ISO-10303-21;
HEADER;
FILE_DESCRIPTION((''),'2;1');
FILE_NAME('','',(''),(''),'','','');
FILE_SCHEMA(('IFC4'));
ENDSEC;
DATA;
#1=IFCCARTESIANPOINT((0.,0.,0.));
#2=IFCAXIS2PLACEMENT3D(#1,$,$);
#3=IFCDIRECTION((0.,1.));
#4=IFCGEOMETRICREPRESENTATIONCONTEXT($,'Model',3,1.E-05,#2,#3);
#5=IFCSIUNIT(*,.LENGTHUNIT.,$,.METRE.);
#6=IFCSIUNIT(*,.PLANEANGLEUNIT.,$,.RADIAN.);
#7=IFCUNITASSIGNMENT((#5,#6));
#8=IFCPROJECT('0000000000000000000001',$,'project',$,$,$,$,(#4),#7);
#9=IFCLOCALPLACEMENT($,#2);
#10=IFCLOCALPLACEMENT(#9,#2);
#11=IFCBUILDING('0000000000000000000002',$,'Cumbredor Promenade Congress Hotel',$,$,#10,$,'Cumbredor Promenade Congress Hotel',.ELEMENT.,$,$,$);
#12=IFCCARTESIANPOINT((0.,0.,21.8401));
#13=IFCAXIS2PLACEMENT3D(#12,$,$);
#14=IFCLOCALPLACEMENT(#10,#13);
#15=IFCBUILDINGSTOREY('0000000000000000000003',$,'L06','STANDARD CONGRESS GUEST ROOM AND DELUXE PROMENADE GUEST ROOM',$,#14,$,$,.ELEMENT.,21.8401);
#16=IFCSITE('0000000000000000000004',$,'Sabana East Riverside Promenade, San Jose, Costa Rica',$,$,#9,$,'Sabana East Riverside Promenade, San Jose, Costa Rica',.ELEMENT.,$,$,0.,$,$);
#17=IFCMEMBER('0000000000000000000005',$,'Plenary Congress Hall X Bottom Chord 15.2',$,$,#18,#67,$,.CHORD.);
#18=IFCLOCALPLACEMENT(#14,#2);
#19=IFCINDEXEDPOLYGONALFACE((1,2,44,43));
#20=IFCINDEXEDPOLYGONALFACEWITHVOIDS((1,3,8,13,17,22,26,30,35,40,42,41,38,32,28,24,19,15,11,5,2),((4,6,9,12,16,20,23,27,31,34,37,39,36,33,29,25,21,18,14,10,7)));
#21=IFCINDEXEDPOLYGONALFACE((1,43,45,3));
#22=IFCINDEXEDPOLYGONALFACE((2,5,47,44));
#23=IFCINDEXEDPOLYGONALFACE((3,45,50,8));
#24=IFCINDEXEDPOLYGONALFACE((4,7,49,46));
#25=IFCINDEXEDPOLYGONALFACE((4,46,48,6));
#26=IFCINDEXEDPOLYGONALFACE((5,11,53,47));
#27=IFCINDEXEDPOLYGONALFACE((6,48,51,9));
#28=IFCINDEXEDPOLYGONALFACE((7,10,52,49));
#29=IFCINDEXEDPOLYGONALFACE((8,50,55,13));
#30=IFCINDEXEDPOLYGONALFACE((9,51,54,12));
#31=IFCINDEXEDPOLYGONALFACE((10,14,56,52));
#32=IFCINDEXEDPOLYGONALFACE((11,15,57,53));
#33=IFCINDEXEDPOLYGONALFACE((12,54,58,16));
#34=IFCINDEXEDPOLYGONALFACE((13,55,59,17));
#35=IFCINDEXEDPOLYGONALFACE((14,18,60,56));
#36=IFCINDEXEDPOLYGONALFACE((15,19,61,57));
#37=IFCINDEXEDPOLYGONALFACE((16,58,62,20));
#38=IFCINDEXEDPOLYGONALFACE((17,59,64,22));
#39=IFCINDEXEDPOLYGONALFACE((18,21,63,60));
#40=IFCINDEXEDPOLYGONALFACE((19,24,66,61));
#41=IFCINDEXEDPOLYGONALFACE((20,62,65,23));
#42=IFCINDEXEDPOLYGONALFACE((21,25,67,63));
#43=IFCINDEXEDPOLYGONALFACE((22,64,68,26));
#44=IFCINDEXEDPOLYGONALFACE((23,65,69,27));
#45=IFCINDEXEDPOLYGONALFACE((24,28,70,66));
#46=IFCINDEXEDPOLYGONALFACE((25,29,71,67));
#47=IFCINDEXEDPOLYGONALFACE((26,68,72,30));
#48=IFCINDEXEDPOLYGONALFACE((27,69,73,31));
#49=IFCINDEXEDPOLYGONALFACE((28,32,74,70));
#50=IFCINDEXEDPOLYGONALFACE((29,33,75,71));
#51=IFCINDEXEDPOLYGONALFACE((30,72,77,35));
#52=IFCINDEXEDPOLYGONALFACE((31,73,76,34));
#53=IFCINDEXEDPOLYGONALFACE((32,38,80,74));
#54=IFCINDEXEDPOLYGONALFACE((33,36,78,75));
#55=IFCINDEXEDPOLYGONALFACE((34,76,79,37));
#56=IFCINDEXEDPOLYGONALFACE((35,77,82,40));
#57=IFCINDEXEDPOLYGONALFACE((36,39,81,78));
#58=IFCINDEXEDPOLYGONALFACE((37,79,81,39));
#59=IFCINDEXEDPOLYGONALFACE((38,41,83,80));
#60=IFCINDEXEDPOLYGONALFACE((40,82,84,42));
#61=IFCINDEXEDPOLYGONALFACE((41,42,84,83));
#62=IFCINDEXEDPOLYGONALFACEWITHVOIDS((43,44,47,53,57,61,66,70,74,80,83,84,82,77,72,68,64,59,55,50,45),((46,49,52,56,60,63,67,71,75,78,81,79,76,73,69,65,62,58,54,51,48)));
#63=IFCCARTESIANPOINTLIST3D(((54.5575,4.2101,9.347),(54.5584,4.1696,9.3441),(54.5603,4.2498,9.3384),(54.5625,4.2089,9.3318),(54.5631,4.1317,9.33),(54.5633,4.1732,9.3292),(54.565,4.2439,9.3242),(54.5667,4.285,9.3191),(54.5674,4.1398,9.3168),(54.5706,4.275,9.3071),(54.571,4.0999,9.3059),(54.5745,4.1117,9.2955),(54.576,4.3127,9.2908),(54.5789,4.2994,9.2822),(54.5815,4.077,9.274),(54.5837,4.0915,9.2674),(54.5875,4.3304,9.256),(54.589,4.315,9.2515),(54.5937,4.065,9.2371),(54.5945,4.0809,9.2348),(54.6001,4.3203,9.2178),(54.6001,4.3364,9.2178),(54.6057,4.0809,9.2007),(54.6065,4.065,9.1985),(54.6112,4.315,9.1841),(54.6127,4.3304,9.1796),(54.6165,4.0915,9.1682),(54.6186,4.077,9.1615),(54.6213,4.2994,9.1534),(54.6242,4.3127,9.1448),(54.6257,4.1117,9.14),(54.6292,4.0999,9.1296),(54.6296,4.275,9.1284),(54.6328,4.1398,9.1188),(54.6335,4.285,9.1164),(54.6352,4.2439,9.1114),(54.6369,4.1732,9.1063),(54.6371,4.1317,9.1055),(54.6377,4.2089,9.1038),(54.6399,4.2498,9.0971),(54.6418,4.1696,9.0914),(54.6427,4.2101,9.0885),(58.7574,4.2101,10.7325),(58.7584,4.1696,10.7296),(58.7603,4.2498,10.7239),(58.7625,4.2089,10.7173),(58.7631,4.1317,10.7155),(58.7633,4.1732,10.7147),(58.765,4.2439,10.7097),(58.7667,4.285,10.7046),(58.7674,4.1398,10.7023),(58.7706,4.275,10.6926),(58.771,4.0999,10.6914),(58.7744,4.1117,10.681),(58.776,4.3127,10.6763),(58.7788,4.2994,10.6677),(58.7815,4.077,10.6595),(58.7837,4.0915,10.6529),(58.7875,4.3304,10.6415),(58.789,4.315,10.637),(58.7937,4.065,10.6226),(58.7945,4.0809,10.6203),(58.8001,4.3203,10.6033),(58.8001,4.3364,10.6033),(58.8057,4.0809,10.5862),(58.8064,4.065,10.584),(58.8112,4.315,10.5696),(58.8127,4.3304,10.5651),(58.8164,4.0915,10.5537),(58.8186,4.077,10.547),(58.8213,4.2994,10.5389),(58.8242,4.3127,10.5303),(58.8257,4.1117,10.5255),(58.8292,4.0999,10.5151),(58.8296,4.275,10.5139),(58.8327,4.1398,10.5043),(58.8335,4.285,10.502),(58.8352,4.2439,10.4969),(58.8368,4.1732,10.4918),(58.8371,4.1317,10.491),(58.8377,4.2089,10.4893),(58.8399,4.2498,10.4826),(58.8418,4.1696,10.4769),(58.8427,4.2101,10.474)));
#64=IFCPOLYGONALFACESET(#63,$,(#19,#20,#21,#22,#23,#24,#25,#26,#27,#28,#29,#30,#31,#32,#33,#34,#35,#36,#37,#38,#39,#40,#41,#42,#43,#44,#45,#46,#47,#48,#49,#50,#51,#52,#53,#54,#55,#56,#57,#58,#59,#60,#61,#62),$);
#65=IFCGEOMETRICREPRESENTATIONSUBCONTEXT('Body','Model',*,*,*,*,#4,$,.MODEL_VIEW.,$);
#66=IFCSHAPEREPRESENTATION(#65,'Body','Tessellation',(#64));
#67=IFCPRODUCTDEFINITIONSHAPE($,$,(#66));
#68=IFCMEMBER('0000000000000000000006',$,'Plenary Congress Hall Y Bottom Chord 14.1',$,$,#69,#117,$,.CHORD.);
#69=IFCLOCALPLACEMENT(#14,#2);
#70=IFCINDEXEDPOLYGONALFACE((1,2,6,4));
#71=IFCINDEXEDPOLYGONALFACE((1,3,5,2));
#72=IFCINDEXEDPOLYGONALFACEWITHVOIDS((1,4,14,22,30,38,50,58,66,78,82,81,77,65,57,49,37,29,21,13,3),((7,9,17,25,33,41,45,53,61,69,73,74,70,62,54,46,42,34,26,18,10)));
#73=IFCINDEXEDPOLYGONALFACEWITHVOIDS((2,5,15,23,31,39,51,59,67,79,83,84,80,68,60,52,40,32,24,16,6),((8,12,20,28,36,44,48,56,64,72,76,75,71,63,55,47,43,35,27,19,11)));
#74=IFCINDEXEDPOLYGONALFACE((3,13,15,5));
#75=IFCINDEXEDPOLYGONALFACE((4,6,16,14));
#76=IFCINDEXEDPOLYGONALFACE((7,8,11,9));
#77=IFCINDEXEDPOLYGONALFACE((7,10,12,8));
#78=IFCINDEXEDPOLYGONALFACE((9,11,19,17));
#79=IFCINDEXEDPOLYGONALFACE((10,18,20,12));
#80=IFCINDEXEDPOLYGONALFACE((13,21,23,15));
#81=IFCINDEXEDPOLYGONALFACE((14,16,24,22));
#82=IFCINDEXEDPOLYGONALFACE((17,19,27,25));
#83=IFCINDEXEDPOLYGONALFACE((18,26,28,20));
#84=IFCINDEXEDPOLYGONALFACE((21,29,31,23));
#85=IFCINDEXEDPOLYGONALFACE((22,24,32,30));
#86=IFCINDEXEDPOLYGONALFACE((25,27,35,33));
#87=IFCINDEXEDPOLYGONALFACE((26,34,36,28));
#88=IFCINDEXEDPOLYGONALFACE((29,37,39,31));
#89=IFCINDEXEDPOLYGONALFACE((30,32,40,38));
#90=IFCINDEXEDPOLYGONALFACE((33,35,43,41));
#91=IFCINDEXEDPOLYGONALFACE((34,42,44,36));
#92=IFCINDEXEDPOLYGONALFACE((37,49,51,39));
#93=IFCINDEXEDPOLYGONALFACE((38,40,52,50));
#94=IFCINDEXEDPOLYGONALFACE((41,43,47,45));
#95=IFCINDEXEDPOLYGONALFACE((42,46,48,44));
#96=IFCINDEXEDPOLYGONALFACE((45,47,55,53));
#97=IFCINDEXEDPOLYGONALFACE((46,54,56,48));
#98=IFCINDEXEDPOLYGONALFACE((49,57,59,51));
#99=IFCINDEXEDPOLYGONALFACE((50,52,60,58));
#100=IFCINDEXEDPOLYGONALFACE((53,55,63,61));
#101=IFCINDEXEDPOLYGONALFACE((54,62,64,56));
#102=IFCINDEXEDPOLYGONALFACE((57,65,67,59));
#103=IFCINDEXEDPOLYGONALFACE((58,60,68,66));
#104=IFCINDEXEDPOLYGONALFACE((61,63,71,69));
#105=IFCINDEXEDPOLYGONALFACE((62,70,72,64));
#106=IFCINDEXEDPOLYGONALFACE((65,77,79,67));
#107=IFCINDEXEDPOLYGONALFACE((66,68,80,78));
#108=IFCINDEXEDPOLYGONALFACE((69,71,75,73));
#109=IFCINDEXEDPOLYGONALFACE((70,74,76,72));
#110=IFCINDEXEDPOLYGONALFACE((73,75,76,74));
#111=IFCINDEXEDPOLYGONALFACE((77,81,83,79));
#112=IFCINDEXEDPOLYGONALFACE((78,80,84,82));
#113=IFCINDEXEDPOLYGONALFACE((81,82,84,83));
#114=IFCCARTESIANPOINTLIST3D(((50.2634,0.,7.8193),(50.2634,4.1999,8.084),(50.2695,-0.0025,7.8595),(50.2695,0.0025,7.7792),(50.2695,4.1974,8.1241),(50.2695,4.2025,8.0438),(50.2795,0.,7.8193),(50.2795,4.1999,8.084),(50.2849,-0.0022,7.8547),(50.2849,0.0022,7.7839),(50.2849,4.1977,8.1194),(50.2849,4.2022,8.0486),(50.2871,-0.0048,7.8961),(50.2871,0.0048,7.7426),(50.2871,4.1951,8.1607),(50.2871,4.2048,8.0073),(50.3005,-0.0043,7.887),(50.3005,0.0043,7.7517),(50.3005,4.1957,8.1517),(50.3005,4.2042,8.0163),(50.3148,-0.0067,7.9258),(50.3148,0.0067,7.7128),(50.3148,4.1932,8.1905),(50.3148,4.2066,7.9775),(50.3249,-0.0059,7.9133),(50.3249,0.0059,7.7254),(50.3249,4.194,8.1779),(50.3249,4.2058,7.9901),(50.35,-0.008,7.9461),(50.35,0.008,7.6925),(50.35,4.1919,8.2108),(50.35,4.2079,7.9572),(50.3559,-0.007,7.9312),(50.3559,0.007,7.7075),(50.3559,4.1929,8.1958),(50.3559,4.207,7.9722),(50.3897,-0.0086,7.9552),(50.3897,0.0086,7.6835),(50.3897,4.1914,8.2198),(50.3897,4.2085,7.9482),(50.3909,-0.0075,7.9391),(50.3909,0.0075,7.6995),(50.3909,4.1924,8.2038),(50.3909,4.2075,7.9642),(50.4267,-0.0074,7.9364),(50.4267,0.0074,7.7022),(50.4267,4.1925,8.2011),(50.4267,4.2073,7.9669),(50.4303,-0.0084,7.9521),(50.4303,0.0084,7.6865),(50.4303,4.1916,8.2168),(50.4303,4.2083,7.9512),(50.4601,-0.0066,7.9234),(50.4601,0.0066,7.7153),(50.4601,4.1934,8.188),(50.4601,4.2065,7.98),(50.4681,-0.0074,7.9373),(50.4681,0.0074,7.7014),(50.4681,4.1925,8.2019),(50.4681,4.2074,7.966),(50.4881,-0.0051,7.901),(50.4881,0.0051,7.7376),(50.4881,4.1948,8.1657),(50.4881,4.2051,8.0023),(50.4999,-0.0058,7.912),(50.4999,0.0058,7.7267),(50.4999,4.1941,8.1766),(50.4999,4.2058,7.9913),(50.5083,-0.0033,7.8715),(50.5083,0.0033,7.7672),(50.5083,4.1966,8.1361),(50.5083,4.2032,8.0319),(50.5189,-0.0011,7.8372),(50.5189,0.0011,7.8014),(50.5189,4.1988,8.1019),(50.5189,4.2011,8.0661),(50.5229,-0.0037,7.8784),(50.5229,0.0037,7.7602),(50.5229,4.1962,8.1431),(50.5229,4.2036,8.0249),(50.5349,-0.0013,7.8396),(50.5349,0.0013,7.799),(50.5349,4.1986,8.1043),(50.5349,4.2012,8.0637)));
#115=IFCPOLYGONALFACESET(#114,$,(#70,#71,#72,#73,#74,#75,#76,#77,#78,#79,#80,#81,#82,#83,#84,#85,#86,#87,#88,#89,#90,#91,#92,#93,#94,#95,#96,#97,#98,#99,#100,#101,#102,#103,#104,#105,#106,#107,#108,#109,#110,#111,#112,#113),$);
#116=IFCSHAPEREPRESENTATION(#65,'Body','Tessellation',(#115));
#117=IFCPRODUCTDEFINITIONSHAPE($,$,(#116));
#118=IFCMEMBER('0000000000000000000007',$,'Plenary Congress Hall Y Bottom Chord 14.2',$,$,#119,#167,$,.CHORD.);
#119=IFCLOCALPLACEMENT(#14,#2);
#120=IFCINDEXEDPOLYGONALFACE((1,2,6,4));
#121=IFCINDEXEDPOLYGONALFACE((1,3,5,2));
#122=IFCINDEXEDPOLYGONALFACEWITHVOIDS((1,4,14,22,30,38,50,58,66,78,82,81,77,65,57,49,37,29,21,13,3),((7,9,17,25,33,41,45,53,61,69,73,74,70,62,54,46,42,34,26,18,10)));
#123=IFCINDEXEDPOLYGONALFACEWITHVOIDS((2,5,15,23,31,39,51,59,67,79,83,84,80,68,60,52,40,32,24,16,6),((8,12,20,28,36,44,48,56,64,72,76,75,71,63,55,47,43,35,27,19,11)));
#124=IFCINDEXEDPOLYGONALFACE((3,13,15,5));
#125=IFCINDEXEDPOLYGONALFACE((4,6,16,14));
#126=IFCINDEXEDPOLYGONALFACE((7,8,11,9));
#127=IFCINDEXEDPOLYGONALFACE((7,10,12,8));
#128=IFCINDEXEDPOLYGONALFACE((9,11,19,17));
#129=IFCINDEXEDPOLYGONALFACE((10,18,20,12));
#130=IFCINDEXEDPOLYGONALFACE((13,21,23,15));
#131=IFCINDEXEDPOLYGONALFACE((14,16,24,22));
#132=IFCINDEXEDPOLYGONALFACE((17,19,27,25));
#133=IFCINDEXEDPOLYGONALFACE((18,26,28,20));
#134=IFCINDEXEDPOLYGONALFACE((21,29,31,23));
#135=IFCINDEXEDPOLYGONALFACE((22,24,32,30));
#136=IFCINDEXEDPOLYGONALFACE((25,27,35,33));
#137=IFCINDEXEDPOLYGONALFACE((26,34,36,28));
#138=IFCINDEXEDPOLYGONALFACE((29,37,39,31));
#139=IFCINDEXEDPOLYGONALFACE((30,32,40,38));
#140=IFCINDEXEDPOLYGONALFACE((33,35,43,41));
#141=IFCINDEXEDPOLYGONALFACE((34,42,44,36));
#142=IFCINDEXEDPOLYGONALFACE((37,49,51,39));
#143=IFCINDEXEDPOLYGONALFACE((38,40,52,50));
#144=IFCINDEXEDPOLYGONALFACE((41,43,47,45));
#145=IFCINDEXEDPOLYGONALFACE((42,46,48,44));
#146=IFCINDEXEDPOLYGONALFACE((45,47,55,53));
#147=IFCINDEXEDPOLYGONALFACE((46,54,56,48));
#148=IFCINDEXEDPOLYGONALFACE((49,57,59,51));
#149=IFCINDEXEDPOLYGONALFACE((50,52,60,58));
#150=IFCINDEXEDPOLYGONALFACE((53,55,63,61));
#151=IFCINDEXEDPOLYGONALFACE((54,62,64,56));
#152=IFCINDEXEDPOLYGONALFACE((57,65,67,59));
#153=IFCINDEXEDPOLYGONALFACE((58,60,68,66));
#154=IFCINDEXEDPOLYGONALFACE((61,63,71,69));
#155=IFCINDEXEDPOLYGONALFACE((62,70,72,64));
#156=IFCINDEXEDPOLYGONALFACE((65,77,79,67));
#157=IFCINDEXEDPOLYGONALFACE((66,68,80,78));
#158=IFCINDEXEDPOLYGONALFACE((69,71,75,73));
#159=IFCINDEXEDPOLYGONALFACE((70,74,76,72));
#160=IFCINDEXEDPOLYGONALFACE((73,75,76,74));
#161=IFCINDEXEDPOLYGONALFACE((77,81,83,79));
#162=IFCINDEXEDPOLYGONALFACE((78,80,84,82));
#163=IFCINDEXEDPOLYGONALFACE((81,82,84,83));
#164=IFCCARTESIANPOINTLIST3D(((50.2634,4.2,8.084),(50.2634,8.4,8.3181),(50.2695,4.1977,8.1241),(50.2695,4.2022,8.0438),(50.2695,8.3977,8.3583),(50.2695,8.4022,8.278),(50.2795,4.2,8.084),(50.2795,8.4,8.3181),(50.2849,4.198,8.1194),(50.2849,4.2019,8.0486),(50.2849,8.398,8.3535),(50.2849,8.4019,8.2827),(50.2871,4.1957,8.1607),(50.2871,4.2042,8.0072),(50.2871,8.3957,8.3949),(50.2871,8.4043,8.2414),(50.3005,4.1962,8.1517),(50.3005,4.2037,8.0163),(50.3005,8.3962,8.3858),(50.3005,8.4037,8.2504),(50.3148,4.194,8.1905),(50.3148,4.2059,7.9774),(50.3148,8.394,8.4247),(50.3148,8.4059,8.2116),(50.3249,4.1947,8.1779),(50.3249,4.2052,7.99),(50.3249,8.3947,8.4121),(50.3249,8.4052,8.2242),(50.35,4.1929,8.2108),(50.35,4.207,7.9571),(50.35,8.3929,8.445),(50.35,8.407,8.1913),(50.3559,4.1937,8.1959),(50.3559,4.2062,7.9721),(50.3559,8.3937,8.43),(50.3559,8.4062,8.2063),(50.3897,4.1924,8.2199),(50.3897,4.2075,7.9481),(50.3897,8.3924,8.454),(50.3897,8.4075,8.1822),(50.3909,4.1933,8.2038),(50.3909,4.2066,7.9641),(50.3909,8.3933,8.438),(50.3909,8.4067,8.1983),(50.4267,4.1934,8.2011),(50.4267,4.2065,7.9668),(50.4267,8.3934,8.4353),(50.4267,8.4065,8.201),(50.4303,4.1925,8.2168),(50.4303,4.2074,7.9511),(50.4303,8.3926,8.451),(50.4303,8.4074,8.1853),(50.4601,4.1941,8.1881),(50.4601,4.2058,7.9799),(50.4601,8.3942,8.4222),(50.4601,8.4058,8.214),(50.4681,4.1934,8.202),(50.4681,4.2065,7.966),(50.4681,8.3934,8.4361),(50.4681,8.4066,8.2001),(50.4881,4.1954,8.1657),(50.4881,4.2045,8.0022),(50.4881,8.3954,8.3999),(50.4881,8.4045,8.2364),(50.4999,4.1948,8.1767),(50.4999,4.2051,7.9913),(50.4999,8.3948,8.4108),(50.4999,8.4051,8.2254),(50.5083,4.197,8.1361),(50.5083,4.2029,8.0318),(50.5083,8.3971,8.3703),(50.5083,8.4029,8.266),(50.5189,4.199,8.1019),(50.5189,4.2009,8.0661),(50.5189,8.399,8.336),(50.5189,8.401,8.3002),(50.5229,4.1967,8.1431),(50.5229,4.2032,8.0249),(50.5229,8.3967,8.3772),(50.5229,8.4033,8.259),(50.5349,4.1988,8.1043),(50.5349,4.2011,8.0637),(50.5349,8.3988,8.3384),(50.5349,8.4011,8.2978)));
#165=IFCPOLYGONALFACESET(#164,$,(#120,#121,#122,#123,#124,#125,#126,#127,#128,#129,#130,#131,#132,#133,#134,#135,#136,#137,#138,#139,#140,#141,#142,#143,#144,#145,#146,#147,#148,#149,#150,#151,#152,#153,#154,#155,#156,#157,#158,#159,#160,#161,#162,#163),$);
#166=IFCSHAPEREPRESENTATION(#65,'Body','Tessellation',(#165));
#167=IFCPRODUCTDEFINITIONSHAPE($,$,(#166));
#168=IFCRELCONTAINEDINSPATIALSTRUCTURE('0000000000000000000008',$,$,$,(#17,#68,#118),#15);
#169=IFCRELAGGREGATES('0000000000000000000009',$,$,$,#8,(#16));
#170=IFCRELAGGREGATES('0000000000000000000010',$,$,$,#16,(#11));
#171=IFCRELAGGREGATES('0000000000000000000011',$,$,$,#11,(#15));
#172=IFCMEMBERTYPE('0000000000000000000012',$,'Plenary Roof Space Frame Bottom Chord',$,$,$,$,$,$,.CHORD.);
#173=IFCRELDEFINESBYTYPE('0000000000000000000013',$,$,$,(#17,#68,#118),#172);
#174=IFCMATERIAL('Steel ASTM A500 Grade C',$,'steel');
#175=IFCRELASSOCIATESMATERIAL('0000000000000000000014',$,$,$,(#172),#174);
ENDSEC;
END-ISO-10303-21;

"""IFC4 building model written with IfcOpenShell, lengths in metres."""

from ifc_helpers import new_model, si_unit, direction, frame, origin, origin_2d, place, context, subcontext, project, spatial, hollow_circle, extrude, material, material_profile, profile_set, type_object, element, save


model = new_model("IFC4")

# Units and contexts
model_context = context("Model", 3, precision=1e-05, world=origin(), true_north=direction((0.0, 1.0)))
body_context = subcontext(model_context, "Body", "Model", "MODEL_VIEW")
ifc_project = project(units=[si_unit("LENGTHUNIT", "METRE"), si_unit("PLANEANGLEUNIT", "RADIAN")], contexts=[model_context])

# Site, building, storey
site_placement = place(None, origin())
site = spatial("IfcSite", under=ifc_project, at=site_placement, Name="Sabana East Riverside Promenade, San Jose, Costa Rica", LongName="Sabana East Riverside Promenade, San Jose, Costa Rica", CompositionType="ELEMENT", RefElevation=0.0)
building_placement = place(site_placement, origin())
building = spatial("IfcBuilding", under=site, at=building_placement, Name="Cumbredor Promenade Congress Hotel", LongName="Cumbredor Promenade Congress Hotel", CompositionType="ELEMENT")
storey_placement = place(building_placement, frame((0.0, 0.0, 21.8401)))
storey = spatial("IfcBuildingStorey", under=building, at=storey_placement, Name="L06", Description="STANDARD CONGRESS GUEST ROOM AND DELUXE PROMENADE GUEST ROOM", CompositionType="ELEMENT", Elevation=21.8401)

# Members
ifc_material_1 = material(Name="Steel ASTM A500 Grade C", Category="steel")
ifc_material_profile_1 = material_profile(ifc_material_1, hollow_circle(Radius=0.1365, WallThickness=0.0161, at=origin_2d()), Name="CHS 273.0x16")
ifc_profile_set_1 = profile_set([ifc_material_profile_1], Name="Steel ASTM A500 Grade C")
member_type_1 = type_object("IfcMemberType", Name="Plenary Roof Space Frame Bottom Chord", PredefinedType="CHORD", material=ifc_profile_set_1)
member_1_placement = place(storey_placement, frame((54.6001, 4.2, 9.2178), z_axis=(0.949661, 0.0, 0.313278), x_axis=(0.0, 1.0, 0.0)))
element("IfcMember", 1, at=member_1_placement, inside=storey, type_object=member_type_1, Name="Plenary Congress Hall X Bottom Chord 15.2", PredefinedType="CHORD", context=body_context, shape_type="SweptSolid", body=[
    extrude(hollow_circle(Radius=0.1365, WallThickness=0.0161, at=origin_2d()), origin(), (0.0, 0.0, 1.0), 4.4226),
])
member_2_placement = place(storey_placement, frame((50.3999, 0.0, 7.8193), z_axis=(0.0, 0.998021, 0.062888), x_axis=(-1.0, 0.0, 0.0)))
element("IfcMember", 2, at=member_2_placement, inside=storey, type_object=member_type_1, Name="Plenary Congress Hall Y Bottom Chord 14.1", PredefinedType="CHORD", context=body_context, shape_type="SweptSolid", body=[
    extrude(hollow_circle(Radius=0.1365, WallThickness=0.0161, at=origin_2d()), origin(), (0.0, 0.0, 1.0), 4.2083),
])
member_3_placement = place(storey_placement, frame((50.3999, 4.2, 8.084), z_axis=(0.0, 0.99845, 0.05566), x_axis=(-1.0, 0.0, 0.0)))
element("IfcMember", 3, at=member_3_placement, inside=storey, type_object=member_type_1, Name="Plenary Congress Hall Y Bottom Chord 14.2", PredefinedType="CHORD", context=body_context, shape_type="SweptSolid", body=[
    extrude(hollow_circle(Radius=0.1365, WallThickness=0.0161, at=origin_2d()), origin(), (0.0, 0.0, 1.0), 4.2065),
])

save(model, "model.ifc")
